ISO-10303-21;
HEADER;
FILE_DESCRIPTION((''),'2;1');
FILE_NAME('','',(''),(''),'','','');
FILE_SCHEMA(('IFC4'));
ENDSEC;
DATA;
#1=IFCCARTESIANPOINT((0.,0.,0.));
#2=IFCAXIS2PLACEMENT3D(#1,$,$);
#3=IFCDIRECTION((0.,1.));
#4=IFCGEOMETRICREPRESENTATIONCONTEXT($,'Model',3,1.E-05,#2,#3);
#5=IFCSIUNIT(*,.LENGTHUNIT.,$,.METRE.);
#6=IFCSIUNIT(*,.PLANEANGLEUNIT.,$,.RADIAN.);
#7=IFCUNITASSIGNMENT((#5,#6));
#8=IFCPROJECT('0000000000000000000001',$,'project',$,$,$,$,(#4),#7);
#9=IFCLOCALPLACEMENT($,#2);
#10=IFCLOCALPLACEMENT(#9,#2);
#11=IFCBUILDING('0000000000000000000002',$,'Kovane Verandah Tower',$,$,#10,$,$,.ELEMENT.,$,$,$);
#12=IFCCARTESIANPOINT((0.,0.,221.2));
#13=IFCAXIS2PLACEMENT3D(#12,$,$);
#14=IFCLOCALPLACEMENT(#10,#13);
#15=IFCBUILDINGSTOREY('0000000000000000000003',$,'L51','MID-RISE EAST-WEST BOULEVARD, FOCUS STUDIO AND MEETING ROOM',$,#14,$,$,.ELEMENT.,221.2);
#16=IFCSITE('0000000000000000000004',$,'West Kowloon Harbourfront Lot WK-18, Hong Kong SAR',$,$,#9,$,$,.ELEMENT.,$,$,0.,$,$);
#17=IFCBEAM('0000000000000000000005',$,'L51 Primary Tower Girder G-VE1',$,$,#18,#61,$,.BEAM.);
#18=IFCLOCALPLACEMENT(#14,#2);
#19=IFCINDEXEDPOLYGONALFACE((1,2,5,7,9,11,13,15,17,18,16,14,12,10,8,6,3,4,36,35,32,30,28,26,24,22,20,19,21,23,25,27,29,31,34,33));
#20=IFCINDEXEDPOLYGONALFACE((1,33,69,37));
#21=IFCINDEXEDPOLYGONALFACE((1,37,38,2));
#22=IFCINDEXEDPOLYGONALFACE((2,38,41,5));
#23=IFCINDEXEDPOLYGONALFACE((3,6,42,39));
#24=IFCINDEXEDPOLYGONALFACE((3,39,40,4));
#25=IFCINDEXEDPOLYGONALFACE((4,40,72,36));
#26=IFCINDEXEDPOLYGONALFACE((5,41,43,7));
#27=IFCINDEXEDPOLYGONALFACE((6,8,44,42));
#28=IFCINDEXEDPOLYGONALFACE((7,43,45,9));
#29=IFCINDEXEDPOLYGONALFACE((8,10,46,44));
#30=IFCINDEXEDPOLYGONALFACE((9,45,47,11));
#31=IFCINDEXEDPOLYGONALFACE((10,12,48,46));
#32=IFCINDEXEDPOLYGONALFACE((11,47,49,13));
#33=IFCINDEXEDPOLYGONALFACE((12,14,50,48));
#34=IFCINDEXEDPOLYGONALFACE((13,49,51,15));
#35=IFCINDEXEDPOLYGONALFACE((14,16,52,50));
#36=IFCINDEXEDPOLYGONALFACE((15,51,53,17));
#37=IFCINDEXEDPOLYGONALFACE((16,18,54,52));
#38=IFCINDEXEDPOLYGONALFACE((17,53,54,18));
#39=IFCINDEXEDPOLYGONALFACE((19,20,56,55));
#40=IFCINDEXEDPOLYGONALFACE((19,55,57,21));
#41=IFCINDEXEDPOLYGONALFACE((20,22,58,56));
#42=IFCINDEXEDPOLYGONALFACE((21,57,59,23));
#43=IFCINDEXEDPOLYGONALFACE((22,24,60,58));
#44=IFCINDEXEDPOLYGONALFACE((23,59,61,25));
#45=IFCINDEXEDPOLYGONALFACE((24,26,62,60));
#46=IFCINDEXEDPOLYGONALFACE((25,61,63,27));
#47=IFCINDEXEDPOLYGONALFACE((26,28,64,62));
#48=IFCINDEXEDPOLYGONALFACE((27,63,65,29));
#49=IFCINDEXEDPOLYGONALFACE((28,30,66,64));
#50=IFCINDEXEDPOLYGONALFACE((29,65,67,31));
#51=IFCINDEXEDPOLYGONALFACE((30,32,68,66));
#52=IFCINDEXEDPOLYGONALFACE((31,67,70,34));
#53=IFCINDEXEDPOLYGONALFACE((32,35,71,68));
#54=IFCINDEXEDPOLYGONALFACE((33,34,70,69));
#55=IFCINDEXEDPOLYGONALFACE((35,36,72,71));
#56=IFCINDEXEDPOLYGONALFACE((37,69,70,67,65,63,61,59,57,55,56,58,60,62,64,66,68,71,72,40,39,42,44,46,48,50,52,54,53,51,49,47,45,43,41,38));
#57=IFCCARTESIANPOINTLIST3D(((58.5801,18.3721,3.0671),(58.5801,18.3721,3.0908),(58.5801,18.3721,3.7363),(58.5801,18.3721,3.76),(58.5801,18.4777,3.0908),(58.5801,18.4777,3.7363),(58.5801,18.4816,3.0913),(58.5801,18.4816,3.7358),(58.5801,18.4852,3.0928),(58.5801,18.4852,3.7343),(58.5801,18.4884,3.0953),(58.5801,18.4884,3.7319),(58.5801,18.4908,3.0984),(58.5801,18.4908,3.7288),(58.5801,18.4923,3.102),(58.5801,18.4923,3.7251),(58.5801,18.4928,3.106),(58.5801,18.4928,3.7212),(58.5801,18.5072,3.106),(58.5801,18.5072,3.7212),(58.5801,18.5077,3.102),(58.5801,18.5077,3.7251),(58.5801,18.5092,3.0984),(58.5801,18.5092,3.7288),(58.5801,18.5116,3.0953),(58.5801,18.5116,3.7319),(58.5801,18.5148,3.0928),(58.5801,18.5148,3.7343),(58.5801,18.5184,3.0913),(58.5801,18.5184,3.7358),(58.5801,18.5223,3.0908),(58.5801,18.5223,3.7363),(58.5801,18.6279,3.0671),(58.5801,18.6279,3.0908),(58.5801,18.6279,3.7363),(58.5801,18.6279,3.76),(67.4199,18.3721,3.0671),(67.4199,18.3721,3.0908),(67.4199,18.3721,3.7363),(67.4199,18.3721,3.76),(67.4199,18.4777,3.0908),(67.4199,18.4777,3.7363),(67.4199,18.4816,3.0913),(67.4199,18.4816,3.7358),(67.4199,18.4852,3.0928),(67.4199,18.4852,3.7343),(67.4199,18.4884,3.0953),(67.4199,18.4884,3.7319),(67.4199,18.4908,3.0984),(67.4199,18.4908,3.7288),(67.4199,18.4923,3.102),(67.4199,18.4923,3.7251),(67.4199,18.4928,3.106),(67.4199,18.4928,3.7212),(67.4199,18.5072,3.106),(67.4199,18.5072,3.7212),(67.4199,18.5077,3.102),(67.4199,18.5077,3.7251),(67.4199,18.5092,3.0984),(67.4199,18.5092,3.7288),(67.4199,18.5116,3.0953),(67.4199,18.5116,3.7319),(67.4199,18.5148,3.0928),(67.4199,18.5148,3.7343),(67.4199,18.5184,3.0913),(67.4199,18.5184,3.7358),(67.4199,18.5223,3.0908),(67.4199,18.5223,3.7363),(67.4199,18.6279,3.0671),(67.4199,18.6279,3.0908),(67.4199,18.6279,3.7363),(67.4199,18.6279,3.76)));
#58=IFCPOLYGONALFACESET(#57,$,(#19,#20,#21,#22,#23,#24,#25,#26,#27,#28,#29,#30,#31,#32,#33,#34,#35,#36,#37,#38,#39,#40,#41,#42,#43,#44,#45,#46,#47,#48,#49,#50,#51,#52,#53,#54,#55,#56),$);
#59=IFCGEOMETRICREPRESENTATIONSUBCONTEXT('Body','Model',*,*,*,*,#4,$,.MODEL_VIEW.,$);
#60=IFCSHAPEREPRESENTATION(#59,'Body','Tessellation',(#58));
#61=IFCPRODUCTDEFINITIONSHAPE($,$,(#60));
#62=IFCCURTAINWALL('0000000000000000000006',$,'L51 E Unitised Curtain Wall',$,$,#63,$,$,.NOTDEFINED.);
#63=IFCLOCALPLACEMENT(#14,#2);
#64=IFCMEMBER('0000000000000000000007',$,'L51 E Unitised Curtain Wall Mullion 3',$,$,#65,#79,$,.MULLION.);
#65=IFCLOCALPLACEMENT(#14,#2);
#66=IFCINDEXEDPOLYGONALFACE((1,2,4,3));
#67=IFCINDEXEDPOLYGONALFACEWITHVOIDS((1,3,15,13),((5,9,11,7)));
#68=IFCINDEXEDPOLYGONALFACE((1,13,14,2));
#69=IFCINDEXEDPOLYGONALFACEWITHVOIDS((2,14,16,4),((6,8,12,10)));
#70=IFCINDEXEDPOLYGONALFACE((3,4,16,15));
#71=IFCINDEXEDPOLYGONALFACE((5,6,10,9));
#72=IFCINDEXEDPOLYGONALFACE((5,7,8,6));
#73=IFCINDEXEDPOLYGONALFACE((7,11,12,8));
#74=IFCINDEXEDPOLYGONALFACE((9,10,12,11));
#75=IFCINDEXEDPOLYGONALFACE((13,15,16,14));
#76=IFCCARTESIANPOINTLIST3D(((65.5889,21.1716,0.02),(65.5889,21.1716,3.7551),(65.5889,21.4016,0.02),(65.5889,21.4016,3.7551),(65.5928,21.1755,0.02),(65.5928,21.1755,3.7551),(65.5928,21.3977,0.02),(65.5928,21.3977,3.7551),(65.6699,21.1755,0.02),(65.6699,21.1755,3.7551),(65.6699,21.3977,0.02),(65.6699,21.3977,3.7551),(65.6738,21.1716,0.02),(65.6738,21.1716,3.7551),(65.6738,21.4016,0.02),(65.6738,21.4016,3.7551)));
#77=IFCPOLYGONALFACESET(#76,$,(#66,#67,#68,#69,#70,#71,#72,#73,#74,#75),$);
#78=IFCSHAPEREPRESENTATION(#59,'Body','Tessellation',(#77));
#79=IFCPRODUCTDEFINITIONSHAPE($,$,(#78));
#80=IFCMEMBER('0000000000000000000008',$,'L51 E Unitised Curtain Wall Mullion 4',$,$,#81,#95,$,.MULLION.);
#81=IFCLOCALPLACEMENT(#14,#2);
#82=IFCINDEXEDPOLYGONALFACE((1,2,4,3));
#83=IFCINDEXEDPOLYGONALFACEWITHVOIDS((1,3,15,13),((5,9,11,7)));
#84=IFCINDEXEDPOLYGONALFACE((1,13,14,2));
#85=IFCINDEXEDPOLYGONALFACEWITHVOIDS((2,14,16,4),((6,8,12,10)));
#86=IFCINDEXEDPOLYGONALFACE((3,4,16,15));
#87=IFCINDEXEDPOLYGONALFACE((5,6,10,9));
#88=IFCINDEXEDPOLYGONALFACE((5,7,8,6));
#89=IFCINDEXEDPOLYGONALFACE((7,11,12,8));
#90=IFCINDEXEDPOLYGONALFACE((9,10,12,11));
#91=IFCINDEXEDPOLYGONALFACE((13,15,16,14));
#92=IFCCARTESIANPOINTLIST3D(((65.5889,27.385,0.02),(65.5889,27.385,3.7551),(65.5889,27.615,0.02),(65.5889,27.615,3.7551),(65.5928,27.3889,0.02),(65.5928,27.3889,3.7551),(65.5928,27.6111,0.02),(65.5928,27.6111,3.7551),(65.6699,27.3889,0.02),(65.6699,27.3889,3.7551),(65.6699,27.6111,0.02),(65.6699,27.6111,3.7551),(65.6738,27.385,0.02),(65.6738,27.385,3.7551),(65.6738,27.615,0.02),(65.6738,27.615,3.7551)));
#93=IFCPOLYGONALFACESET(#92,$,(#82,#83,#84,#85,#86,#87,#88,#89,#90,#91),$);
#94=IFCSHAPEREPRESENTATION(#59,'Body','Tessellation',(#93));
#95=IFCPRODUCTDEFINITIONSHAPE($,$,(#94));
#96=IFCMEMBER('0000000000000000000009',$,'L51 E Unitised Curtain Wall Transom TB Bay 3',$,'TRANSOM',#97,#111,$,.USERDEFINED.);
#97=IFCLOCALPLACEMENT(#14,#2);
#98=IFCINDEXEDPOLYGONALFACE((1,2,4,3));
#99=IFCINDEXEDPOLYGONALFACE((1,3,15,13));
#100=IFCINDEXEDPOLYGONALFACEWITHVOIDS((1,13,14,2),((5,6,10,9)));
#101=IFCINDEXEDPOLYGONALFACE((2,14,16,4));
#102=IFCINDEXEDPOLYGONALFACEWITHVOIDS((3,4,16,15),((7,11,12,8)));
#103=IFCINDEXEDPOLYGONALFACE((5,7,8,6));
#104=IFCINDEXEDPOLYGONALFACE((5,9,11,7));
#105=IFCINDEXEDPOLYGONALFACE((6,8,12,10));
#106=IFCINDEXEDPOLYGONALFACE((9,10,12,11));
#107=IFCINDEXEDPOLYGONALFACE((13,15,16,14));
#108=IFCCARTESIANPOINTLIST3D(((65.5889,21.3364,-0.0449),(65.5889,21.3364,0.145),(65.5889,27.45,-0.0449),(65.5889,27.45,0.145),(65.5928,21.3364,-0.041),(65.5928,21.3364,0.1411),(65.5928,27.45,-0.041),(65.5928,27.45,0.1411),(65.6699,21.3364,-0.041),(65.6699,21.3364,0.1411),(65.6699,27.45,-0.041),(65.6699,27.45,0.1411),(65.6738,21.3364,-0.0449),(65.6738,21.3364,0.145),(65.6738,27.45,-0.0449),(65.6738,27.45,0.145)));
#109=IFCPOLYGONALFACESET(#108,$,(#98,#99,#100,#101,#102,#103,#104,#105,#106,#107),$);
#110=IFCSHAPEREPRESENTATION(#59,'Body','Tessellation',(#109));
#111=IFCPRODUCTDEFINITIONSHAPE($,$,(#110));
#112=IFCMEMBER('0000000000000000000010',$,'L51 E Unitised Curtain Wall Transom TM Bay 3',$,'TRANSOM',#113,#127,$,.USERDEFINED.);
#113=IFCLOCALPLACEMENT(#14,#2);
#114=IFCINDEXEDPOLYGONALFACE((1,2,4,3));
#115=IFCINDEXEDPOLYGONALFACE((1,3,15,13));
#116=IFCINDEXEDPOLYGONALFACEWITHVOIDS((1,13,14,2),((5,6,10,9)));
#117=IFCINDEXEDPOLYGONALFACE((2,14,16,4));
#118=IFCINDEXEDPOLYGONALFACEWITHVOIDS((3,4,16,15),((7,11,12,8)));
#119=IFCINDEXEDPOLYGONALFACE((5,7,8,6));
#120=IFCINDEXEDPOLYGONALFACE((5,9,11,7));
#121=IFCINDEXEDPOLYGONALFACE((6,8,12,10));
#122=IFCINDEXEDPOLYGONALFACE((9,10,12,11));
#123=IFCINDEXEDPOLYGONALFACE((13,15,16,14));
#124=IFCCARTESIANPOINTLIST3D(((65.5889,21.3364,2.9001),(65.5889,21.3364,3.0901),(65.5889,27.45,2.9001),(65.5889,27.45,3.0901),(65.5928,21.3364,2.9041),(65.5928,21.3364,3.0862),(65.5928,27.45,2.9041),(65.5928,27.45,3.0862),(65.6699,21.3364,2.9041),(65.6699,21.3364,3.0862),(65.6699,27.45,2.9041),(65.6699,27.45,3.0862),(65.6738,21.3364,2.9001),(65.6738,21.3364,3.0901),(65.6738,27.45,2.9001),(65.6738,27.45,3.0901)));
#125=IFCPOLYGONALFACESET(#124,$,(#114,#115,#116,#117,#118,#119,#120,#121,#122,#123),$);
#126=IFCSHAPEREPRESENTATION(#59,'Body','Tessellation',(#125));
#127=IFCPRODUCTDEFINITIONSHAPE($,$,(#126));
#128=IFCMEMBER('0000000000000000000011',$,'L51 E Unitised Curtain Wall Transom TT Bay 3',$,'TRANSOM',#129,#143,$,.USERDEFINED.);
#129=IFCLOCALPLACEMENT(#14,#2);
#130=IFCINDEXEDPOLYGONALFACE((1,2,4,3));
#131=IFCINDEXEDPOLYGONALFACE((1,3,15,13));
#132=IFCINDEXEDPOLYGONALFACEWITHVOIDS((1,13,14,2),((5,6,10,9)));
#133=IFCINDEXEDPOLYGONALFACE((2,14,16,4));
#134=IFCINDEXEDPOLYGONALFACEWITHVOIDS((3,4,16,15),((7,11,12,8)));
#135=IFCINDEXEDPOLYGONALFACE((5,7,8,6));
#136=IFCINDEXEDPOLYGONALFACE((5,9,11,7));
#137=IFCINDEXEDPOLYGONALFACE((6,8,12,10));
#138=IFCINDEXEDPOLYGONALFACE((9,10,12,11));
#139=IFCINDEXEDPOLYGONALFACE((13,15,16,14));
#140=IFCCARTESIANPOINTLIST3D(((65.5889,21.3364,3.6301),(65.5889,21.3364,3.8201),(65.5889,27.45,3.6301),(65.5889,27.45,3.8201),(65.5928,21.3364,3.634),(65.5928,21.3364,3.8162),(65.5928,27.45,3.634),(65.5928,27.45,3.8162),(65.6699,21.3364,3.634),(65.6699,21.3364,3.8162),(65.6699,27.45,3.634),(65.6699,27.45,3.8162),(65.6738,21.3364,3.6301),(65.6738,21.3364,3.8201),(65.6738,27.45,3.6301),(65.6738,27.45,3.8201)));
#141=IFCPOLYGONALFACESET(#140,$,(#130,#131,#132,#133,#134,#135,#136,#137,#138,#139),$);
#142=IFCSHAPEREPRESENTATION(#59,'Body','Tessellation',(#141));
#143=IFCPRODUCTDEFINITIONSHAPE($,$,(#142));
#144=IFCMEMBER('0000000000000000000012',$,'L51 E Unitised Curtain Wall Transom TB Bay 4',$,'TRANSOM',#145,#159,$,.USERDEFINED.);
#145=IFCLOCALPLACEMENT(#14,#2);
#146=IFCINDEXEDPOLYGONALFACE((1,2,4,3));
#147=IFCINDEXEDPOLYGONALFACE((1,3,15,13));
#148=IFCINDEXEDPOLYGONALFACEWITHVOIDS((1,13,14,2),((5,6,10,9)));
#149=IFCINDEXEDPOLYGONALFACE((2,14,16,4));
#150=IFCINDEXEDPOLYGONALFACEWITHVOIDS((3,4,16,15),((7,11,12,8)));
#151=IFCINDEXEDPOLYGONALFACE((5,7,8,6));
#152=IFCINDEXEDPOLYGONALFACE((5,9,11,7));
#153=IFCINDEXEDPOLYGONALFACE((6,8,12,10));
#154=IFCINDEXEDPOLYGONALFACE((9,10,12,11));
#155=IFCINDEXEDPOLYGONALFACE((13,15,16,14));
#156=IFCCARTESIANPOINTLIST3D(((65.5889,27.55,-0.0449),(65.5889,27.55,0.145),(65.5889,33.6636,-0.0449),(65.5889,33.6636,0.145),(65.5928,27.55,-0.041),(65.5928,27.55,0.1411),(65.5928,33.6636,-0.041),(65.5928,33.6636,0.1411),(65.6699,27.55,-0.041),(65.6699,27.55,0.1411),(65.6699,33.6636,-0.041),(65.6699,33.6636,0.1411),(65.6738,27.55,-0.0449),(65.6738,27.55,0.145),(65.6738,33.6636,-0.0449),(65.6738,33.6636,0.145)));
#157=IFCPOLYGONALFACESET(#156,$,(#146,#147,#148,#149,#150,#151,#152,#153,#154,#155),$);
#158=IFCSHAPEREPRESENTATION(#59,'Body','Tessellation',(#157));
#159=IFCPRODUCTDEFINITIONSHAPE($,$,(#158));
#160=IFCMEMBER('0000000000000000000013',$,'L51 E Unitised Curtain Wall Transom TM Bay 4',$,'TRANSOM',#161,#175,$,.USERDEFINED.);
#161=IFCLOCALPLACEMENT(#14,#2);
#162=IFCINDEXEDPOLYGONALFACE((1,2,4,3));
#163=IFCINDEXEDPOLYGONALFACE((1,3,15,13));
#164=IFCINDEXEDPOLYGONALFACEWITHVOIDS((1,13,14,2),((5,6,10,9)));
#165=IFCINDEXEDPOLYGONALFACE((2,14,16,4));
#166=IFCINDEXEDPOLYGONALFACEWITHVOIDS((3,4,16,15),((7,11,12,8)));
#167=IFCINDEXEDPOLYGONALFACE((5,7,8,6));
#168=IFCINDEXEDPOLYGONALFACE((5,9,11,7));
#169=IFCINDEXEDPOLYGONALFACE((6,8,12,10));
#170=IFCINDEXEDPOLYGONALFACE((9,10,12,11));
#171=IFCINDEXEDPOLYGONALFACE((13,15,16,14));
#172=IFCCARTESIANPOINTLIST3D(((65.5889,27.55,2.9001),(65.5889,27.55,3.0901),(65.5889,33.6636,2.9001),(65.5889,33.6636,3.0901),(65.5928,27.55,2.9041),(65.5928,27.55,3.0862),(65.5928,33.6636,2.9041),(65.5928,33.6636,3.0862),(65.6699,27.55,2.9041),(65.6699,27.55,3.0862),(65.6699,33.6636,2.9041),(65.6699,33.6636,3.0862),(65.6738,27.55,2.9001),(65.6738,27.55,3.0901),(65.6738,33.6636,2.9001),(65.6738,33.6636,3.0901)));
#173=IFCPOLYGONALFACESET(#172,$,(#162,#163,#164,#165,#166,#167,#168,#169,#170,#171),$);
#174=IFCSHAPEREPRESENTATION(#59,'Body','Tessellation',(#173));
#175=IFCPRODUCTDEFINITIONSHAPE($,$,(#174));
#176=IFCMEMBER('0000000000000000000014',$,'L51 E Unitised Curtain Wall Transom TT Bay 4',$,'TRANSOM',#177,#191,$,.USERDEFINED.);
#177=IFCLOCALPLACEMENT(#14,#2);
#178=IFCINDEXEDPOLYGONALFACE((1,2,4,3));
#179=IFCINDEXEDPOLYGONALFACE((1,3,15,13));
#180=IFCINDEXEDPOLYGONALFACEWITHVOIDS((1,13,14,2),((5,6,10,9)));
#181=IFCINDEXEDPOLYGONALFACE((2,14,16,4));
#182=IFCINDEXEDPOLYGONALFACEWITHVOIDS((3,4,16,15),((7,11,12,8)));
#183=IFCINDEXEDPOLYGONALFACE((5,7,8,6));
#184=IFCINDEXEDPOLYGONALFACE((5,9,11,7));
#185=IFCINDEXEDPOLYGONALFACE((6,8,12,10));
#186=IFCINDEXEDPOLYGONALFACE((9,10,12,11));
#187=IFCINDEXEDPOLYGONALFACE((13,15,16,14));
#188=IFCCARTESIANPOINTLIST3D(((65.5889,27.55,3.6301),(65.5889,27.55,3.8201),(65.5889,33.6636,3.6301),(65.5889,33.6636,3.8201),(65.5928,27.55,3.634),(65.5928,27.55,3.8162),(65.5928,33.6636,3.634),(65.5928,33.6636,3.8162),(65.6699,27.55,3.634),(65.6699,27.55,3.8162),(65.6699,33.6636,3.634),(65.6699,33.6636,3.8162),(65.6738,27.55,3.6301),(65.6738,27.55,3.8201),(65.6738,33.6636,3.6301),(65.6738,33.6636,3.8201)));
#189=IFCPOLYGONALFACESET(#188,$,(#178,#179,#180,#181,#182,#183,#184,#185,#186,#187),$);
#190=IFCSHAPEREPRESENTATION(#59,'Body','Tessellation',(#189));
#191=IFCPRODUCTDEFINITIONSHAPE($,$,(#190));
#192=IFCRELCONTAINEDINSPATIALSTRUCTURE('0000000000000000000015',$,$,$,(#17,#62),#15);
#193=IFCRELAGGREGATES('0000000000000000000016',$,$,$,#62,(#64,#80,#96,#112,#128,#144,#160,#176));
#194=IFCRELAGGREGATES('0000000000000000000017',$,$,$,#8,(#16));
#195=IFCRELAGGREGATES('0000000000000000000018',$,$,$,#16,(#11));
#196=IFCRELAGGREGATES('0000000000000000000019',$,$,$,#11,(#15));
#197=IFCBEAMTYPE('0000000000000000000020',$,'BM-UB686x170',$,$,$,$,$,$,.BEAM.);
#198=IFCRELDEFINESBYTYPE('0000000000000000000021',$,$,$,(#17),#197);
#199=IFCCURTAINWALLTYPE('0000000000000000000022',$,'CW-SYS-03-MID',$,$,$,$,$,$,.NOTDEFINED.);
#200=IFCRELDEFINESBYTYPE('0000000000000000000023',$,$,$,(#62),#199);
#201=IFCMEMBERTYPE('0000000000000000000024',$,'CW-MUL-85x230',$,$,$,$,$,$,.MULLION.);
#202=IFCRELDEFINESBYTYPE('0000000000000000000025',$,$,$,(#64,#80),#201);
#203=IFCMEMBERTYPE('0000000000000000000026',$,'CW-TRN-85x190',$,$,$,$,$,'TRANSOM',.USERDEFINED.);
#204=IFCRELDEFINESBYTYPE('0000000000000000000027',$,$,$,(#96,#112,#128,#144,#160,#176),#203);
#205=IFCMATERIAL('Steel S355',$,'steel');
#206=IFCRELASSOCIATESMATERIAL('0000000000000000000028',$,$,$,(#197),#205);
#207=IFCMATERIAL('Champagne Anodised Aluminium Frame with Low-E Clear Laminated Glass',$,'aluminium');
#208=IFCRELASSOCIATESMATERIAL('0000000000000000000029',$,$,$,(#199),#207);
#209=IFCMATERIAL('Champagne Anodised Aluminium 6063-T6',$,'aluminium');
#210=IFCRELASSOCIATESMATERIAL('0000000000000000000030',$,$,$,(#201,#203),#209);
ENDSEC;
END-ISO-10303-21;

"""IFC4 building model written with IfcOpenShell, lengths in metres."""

from ifc_helpers import new_model, si_unit, direction, frame, origin, origin_2d, place, context, subcontext, project, spatial, hollow_rectangle, i_section, extrude, material, material_profile, profile_set, type_object, element, aggregate, save


model = new_model("IFC4")

# Units and contexts
model_context = context("Model", 3, precision=1e-05, world=origin(), true_north=direction((0.0, 1.0)))
body_context = subcontext(model_context, "Body", "Model", "MODEL_VIEW")
ifc_project = project(units=[si_unit("LENGTHUNIT", "METRE"), si_unit("PLANEANGLEUNIT", "RADIAN")], contexts=[model_context])

# Site, building, storey
site_placement = place(None, origin())
site = spatial("IfcSite", under=ifc_project, at=site_placement, Name="West Kowloon Harbourfront Lot WK-18, Hong Kong SAR", CompositionType="ELEMENT", RefElevation=0.0)
building_placement = place(site_placement, origin())
building = spatial("IfcBuilding", under=site, at=building_placement, Name="Kovane Verandah Tower", CompositionType="ELEMENT")
storey_placement = place(building_placement, frame((0.0, 0.0, 221.2)))
storey = spatial("IfcBuildingStorey", under=building, at=storey_placement, Name="L51", Description="MID-RISE EAST-WEST BOULEVARD, FOCUS STUDIO AND MEETING ROOM", CompositionType="ELEMENT", Elevation=221.2)

# Beam
ifc_material_1 = material(Name="Steel S355", Category="steel")
ifc_material_profile_1 = material_profile(ifc_material_1, i_section(OverallWidth=0.2559, OverallDepth=0.6929, WebThickness=0.0144, FlangeThickness=0.0237, FilletRadius=0.0151, at=origin_2d()), Name="UB686x254x170")
ifc_profile_set_1 = profile_set([ifc_material_profile_1], Name="Steel S355")
beam_type_1 = type_object("IfcBeamType", Name="BM-UB686x170", PredefinedType="BEAM", material=ifc_profile_set_1)
beam_1_placement = place(storey_placement, frame((58.5801, 18.5, 3.4136), z_axis=(1.0, 0.0, 0.0), x_axis=(0.0, 1.0, 0.0)))
element("IfcBeam", 1, at=beam_1_placement, inside=storey, type_object=beam_type_1, Name="L51 Primary Tower Girder G-VE1", PredefinedType="BEAM", context=body_context, shape_type="SweptSolid", body=[
    extrude(i_section(OverallWidth=0.2559, OverallDepth=0.6929, WebThickness=0.0144, FlangeThickness=0.0237, FilletRadius=0.0151, at=origin_2d()), origin(), (0.0, 0.0, 1.0), 8.8398),
])

# Curtain wall, members
ifc_material_2 = material(Name="Champagne Anodised Aluminium Frame with Low-E Clear Laminated Glass", Category="aluminium")
curtain_wall_type = type_object("IfcCurtainWallType", Name="CW-SYS-03-MID", PredefinedType="NOTDEFINED", material=ifc_material_2)
curtain_wall_placement = place(storey_placement, origin())
curtain_wall = element("IfcCurtainWall", 2, at=curtain_wall_placement, inside=storey, type_object=curtain_wall_type, Name="L51 E Unitised Curtain Wall", PredefinedType="NOTDEFINED")
ifc_material_3 = material(Name="Champagne Anodised Aluminium 6063-T6", Category="aluminium")
ifc_material_profile_2 = material_profile(ifc_material_3, hollow_rectangle(XDim=0.085, YDim=0.23, WallThickness=0.0039, at=origin_2d()), Name="AL85x230x4")
ifc_profile_set_2 = profile_set([ifc_material_profile_2], Name="Champagne Anodised Aluminium 6063-T6")
member_type_1 = type_object("IfcMemberType", Name="CW-MUL-85x230", PredefinedType="MULLION", material=ifc_profile_set_2)
member_1_placement = place(storey_placement, frame((65.6313, 21.2866, 0.02), z_axis=(0.0, 0.0, 1.0), x_axis=(1.0, 0.0, 0.0)))
member_1 = element("IfcMember", 3, at=member_1_placement, type_object=member_type_1, Name="L51 E Unitised Curtain Wall Mullion 3", PredefinedType="MULLION", context=body_context, shape_type="SweptSolid", body=[
    extrude(hollow_rectangle(XDim=0.085, YDim=0.23, WallThickness=0.0039, at=origin_2d()), origin(), (0.0, 0.0, 1.0), 3.7351),
])
member_2_placement = place(storey_placement, frame((65.6313, 27.5, 0.02), z_axis=(0.0, 0.0, 1.0), x_axis=(1.0, 0.0, 0.0)))
member_2 = element("IfcMember", 4, at=member_2_placement, type_object=member_type_1, Name="L51 E Unitised Curtain Wall Mullion 4", PredefinedType="MULLION", context=body_context, shape_type="SweptSolid", body=[
    extrude(hollow_rectangle(XDim=0.085, YDim=0.23, WallThickness=0.0039, at=origin_2d()), origin(), (0.0, 0.0, 1.0), 3.7351),
])
ifc_material_profile_3 = material_profile(ifc_material_3, hollow_rectangle(XDim=0.085, YDim=0.1899, WallThickness=0.0039, at=origin_2d()), Name="AL85x190x4")
ifc_profile_set_3 = profile_set([ifc_material_profile_3], Name="Champagne Anodised Aluminium 6063-T6")
member_type_2 = type_object("IfcMemberType", Name="CW-TRN-85x190", ElementType="TRANSOM", PredefinedType="USERDEFINED", material=ifc_profile_set_3)
member_3_placement = place(storey_placement, frame((65.6313, 21.3364, 0.05), z_axis=(0.0, 1.0, 0.0), x_axis=(-1.0, 0.0, 0.0)))
member_3 = element("IfcMember", 5, at=member_3_placement, type_object=member_type_2, Name="L51 E Unitised Curtain Wall Transom TB Bay 3", ObjectType="TRANSOM", PredefinedType="USERDEFINED", context=body_context, shape_type="SweptSolid", body=[
    extrude(hollow_rectangle(XDim=0.085, YDim=0.1899, WallThickness=0.0039, at=origin_2d()), origin(), (0.0, 0.0, 1.0), 6.1135),
])
member_4_placement = place(storey_placement, frame((65.6313, 21.3364, 2.9951), z_axis=(0.0, 1.0, 0.0), x_axis=(-1.0, 0.0, 0.0)))
member_4 = element("IfcMember", 6, at=member_4_placement, type_object=member_type_2, Name="L51 E Unitised Curtain Wall Transom TM Bay 3", ObjectType="TRANSOM", PredefinedType="USERDEFINED", context=body_context, shape_type="SweptSolid", body=[
    extrude(hollow_rectangle(XDim=0.085, YDim=0.1899, WallThickness=0.0039, at=origin_2d()), origin(), (0.0, 0.0, 1.0), 6.1135),
])
member_5_placement = place(storey_placement, frame((65.6313, 21.3364, 3.7251), z_axis=(0.0, 1.0, 0.0), x_axis=(-1.0, 0.0, 0.0)))
member_5 = element("IfcMember", 7, at=member_5_placement, type_object=member_type_2, Name="L51 E Unitised Curtain Wall Transom TT Bay 3", ObjectType="TRANSOM", PredefinedType="USERDEFINED", context=body_context, shape_type="SweptSolid", body=[
    extrude(hollow_rectangle(XDim=0.085, YDim=0.1899, WallThickness=0.0039, at=origin_2d()), origin(), (0.0, 0.0, 1.0), 6.1135),
])
member_6_placement = place(storey_placement, frame((65.6313, 27.55, 0.05), z_axis=(0.0, 1.0, 0.0), x_axis=(-1.0, 0.0, 0.0)))
member_6 = element("IfcMember", 8, at=member_6_placement, type_object=member_type_2, Name="L51 E Unitised Curtain Wall Transom TB Bay 4", ObjectType="TRANSOM", PredefinedType="USERDEFINED", context=body_context, shape_type="SweptSolid", body=[
    extrude(hollow_rectangle(XDim=0.085, YDim=0.1899, WallThickness=0.0039, at=origin_2d()), origin(), (0.0, 0.0, 1.0), 6.1135),
])
member_7_placement = place(storey_placement, frame((65.6313, 27.55, 2.9951), z_axis=(0.0, 1.0, 0.0), x_axis=(-1.0, 0.0, 0.0)))
member_7 = element("IfcMember", 9, at=member_7_placement, type_object=member_type_2, Name="L51 E Unitised Curtain Wall Transom TM Bay 4", ObjectType="TRANSOM", PredefinedType="USERDEFINED", context=body_context, shape_type="SweptSolid", body=[
    extrude(hollow_rectangle(XDim=0.085, YDim=0.1899, WallThickness=0.0039, at=origin_2d()), origin(), (0.0, 0.0, 1.0), 6.1135),
])
member_8_placement = place(storey_placement, frame((65.6313, 27.55, 3.7251), z_axis=(0.0, 1.0, 0.0), x_axis=(-1.0, 0.0, 0.0)))
member_8 = element("IfcMember", 10, at=member_8_placement, type_object=member_type_2, Name="L51 E Unitised Curtain Wall Transom TT Bay 4", ObjectType="TRANSOM", PredefinedType="USERDEFINED", context=body_context, shape_type="SweptSolid", body=[
    extrude(hollow_rectangle(XDim=0.085, YDim=0.1899, WallThickness=0.0039, at=origin_2d()), origin(), (0.0, 0.0, 1.0), 6.1135),
])

aggregate(curtain_wall, [member_1, member_2, member_3, member_4, member_5, member_6, member_7, member_8])

save(model, "model.ifc")
